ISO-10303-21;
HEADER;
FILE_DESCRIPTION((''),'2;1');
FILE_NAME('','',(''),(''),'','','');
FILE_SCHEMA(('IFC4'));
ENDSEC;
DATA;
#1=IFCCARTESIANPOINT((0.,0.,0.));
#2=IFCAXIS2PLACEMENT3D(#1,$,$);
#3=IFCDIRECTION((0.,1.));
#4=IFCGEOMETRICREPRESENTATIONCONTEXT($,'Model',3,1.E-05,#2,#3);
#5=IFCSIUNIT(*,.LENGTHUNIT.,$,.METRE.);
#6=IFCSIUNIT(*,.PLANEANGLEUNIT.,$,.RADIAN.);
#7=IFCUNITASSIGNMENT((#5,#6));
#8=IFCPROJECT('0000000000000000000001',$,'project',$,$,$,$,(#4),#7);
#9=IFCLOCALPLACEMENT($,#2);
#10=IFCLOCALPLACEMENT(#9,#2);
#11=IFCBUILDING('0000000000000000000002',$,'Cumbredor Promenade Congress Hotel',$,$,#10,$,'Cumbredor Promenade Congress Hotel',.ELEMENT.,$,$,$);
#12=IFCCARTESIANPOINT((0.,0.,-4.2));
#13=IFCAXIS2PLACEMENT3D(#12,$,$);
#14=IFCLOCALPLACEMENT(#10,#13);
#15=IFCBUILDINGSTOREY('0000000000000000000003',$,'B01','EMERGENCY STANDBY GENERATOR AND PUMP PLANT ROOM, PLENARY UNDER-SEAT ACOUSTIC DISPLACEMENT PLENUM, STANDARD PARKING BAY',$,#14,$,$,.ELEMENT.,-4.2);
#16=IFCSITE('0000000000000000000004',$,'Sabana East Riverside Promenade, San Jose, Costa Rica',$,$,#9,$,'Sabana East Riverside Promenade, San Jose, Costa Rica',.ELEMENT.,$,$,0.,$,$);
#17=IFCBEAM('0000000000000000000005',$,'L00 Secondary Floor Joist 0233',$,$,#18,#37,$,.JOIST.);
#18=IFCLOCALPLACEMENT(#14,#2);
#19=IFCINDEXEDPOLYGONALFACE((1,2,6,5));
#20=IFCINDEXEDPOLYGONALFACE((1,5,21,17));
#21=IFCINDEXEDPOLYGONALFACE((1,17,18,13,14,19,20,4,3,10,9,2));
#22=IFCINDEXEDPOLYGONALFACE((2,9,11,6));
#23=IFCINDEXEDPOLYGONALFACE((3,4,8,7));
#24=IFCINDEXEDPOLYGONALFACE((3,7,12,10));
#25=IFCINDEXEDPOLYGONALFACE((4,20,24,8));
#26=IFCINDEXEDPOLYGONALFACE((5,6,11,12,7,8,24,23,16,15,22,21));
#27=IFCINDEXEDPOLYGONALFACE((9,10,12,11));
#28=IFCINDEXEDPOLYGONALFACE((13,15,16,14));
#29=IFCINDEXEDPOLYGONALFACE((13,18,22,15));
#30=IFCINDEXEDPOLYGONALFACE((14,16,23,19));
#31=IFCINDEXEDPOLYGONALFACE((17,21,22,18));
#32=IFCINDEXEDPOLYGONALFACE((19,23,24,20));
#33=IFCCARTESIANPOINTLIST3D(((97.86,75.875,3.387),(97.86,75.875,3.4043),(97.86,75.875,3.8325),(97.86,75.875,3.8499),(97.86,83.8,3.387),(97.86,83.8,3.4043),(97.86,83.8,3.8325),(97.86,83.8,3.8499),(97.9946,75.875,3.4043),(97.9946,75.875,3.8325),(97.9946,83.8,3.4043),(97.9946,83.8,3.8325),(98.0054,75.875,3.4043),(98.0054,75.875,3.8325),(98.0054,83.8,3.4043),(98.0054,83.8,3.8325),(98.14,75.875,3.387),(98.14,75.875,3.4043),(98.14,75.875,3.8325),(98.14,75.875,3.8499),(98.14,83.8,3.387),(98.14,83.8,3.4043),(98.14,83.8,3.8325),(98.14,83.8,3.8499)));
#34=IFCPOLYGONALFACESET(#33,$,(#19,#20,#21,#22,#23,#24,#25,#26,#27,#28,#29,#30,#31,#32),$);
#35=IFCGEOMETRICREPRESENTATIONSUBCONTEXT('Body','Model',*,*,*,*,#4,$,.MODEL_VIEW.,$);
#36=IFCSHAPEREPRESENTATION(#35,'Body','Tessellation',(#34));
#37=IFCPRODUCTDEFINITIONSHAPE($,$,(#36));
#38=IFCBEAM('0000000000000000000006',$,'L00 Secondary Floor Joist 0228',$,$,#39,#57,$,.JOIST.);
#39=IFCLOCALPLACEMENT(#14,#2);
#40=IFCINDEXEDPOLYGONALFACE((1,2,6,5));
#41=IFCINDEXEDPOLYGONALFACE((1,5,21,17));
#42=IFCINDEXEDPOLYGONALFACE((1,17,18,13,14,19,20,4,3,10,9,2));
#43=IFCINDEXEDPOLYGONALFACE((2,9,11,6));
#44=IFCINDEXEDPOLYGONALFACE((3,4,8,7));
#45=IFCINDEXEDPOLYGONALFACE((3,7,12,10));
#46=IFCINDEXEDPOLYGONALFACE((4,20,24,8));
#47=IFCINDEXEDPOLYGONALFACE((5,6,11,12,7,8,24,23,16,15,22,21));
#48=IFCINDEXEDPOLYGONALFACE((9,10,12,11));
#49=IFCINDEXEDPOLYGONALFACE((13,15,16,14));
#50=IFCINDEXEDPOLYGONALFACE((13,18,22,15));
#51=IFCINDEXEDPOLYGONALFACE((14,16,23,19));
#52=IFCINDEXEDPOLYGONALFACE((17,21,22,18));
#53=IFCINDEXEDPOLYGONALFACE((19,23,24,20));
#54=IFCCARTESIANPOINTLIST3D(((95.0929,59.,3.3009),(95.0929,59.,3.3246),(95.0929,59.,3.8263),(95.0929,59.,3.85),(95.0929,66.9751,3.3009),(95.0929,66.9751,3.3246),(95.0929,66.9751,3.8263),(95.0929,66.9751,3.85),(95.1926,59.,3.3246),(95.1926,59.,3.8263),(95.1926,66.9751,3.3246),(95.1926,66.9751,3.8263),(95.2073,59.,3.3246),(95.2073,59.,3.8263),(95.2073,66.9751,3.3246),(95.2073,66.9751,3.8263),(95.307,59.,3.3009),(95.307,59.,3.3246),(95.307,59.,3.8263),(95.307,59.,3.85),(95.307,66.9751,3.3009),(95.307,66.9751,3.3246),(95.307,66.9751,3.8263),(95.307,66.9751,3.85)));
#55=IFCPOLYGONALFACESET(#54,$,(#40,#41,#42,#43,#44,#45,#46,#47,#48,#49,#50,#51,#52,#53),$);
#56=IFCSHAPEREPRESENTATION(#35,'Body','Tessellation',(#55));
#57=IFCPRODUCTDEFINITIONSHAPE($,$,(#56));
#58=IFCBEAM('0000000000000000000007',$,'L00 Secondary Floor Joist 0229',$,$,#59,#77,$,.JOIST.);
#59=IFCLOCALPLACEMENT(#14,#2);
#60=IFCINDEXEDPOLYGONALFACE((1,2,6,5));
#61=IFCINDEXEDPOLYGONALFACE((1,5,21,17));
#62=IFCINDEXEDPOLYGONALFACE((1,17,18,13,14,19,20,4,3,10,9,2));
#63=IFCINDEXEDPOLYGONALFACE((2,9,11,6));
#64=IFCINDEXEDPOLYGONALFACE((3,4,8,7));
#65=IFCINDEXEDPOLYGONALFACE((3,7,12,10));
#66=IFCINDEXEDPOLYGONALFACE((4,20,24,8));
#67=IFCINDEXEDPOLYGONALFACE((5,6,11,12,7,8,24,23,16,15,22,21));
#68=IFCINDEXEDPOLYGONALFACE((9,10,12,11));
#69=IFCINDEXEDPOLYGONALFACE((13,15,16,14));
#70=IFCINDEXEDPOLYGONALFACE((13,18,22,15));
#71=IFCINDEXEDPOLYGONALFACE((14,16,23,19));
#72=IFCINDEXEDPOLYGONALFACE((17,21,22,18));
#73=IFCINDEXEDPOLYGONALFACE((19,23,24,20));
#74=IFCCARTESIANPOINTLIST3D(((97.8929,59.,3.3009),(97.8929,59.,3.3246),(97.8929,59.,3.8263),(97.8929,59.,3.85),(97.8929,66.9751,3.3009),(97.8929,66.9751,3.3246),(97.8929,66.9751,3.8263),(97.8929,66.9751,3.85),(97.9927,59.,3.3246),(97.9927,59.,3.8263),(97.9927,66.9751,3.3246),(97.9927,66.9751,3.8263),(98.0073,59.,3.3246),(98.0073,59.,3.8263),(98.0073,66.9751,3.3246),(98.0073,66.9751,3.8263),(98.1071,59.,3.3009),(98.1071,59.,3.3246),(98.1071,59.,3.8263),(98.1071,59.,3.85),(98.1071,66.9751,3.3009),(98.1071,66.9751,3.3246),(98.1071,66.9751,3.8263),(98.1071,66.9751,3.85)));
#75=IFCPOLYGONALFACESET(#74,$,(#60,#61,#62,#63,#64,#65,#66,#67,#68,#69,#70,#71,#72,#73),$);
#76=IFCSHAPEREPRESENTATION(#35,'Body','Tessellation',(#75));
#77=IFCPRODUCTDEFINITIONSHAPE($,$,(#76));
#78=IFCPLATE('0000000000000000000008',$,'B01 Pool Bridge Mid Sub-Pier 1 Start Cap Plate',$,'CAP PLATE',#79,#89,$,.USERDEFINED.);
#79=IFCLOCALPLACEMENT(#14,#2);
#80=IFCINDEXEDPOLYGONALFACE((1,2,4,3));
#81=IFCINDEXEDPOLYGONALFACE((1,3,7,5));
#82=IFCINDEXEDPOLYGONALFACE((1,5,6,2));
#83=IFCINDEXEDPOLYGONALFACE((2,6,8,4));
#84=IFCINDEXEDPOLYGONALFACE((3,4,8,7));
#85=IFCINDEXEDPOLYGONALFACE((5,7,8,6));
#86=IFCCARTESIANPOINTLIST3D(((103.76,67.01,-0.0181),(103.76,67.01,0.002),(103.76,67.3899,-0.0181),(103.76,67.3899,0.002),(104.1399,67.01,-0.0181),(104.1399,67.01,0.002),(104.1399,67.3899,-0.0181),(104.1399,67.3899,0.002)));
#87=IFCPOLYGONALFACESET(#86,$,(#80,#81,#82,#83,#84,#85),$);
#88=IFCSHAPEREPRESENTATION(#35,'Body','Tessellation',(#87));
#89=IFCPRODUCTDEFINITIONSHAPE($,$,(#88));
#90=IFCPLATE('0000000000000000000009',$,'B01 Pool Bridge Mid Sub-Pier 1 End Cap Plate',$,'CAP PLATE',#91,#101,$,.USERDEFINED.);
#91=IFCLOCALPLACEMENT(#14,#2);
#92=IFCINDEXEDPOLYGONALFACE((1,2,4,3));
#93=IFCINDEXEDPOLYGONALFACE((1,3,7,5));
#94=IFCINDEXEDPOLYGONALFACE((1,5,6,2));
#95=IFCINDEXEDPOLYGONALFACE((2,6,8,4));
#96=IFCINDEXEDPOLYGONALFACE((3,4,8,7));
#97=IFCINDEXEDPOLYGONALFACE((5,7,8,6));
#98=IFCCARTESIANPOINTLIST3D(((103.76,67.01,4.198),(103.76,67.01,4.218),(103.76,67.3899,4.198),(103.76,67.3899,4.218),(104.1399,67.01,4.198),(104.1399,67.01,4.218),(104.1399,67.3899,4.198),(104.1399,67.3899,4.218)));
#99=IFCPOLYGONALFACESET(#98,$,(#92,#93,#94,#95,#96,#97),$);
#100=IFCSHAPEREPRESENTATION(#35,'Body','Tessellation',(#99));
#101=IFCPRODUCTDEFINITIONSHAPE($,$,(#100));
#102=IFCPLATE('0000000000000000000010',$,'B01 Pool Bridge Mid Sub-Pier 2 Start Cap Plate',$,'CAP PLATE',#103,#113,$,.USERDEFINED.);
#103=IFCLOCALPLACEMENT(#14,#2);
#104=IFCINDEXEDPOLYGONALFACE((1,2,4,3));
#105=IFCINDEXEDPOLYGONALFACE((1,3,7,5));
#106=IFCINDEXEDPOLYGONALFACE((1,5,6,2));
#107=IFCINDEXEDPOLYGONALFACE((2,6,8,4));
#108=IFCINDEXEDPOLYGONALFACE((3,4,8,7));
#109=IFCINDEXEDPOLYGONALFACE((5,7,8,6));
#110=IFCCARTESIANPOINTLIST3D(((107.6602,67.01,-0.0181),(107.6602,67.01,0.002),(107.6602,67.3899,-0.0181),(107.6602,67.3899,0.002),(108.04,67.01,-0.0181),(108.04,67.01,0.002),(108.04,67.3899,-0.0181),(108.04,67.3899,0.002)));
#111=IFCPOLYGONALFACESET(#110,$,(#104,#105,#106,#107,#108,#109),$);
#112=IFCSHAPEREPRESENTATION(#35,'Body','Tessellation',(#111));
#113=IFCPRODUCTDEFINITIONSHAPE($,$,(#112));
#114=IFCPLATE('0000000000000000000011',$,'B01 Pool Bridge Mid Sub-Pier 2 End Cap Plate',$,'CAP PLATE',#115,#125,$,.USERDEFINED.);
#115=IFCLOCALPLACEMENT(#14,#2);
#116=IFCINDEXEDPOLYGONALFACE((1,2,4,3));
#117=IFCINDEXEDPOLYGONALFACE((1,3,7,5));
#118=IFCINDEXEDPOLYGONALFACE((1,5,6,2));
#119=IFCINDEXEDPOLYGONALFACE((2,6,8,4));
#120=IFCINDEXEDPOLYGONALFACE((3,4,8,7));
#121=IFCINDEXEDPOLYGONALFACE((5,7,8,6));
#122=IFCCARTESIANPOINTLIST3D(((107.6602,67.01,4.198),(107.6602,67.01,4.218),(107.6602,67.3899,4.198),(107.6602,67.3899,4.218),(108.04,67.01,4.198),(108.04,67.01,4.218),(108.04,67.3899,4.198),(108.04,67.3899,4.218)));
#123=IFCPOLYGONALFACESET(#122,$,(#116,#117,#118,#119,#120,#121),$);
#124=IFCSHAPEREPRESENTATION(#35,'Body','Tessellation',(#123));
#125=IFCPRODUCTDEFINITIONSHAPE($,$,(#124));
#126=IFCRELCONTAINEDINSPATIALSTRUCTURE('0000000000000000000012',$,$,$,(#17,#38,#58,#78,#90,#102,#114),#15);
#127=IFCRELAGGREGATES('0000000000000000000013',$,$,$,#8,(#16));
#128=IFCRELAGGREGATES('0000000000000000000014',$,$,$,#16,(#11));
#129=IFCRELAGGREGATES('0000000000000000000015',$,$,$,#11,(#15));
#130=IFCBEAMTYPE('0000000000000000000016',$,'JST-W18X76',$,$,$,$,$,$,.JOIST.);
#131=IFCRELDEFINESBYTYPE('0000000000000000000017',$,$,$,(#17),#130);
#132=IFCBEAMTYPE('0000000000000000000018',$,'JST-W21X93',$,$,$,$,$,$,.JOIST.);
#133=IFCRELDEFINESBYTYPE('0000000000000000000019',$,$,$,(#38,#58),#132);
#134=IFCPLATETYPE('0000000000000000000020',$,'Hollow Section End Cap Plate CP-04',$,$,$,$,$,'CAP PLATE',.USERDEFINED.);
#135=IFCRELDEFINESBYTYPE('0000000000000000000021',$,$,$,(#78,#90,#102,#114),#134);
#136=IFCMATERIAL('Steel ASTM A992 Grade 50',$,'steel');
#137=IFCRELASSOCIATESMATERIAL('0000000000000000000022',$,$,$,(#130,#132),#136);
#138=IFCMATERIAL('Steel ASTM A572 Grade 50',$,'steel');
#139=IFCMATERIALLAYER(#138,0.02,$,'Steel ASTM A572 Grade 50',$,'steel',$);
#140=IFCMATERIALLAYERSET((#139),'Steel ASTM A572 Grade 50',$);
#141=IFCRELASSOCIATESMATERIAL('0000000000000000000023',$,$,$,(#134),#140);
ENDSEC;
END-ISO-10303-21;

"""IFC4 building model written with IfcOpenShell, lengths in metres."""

from ifc_helpers import new_model, si_unit, direction, frame, origin, origin_2d, place, context, subcontext, project, spatial, rectangle, i_section, extrude, material, layer, layer_set, material_profile, profile_set, type_object, element, save


model = new_model("IFC4")

# Units and contexts
model_context = context("Model", 3, precision=1e-05, world=origin(), true_north=direction((0.0, 1.0)))
body_context = subcontext(model_context, "Body", "Model", "MODEL_VIEW")
ifc_project = project(units=[si_unit("LENGTHUNIT", "METRE"), si_unit("PLANEANGLEUNIT", "RADIAN")], contexts=[model_context])

# Site, building, storey
site_placement = place(None, origin())
site = spatial("IfcSite", under=ifc_project, at=site_placement, Name="Sabana East Riverside Promenade, San Jose, Costa Rica", LongName="Sabana East Riverside Promenade, San Jose, Costa Rica", CompositionType="ELEMENT", RefElevation=0.0)
building_placement = place(site_placement, origin())
building = spatial("IfcBuilding", under=site, at=building_placement, Name="Cumbredor Promenade Congress Hotel", LongName="Cumbredor Promenade Congress Hotel", CompositionType="ELEMENT")
storey_placement = place(building_placement, frame((0.0, 0.0, -4.2)))
storey = spatial("IfcBuildingStorey", under=building, at=storey_placement, Name="B01", Description="EMERGENCY STANDBY GENERATOR AND PUMP PLANT ROOM, PLENARY UNDER-SEAT ACOUSTIC DISPLACEMENT PLENUM, STANDARD PARKING BAY", CompositionType="ELEMENT", Elevation=-4.2)

# Beams
ifc_material_1 = material(Name="Steel ASTM A992 Grade 50", Category="steel")
ifc_material_profile_1 = material_profile(ifc_material_1, i_section(OverallWidth=0.28, OverallDepth=0.4629, WebThickness=0.0107, FlangeThickness=0.0173, at=origin_2d()), Name="W18X76")
ifc_profile_set_1 = profile_set([ifc_material_profile_1], Name="Steel ASTM A992 Grade 50")
beam_type_1 = type_object("IfcBeamType", Name="JST-W18X76", PredefinedType="JOIST", material=ifc_profile_set_1)
for number, where, z_axis, x_axis, name in (
    (1, (98.0, 75.875, 3.6184), (0.0, 1.0, 0.0), (-1.0, 0.0, 0.0), "L00 Secondary Floor Joist 0233"),
):
    element("IfcBeam", number, at=place(storey_placement, frame(where, z_axis=z_axis, x_axis=x_axis)), inside=storey, type_object=beam_type_1, Name=name, PredefinedType="JOIST", context=body_context, shape_type="SweptSolid", body=[
        extrude(i_section(OverallWidth=0.28, OverallDepth=0.4629, WebThickness=0.0107, FlangeThickness=0.0173, at=origin_2d()), origin(), (0.0, 0.0, 1.0), 7.925),
    ])
ifc_material_profile_2 = material_profile(ifc_material_1, i_section(OverallWidth=0.2141, OverallDepth=0.5491, WebThickness=0.0146, FlangeThickness=0.0237, at=origin_2d()), Name="W21X93")
ifc_profile_set_2 = profile_set([ifc_material_profile_2], Name="Steel ASTM A992 Grade 50")
beam_type_2 = type_object("IfcBeamType", Name="JST-W21X93", PredefinedType="JOIST", material=ifc_profile_set_2)
for number, where, z_axis, x_axis, name in (
    (2, (95.2, 59.0, 3.5754), (0.0, 1.0, 0.0), (-1.0, 0.0, 0.0), "L00 Secondary Floor Joist 0228"),
    (3, (98.0, 59.0, 3.5754), (0.0, 1.0, 0.0), (-1.0, 0.0, 0.0), "L00 Secondary Floor Joist 0229"),
):
    element("IfcBeam", number, at=place(storey_placement, frame(where, z_axis=z_axis, x_axis=x_axis)), inside=storey, type_object=beam_type_2, Name=name, PredefinedType="JOIST", context=body_context, shape_type="SweptSolid", body=[
        extrude(i_section(OverallWidth=0.2141, OverallDepth=0.5491, WebThickness=0.0146, FlangeThickness=0.0237, at=origin_2d()), origin(), (0.0, 0.0, 1.0), 7.9751),
    ])

# Plates
ifc_material_2 = material(Name="Steel ASTM A572 Grade 50", Category="steel")
ifc_layer = layer(ifc_material_2, 0.02, Name="Steel ASTM A572 Grade 50", Category="steel")
ifc_layer_set = layer_set([ifc_layer], Name="Steel ASTM A572 Grade 50")
plate_type = type_object("IfcPlateType", Name="Hollow Section End Cap Plate CP-04", ElementType="CAP PLATE", PredefinedType="USERDEFINED", material=ifc_layer_set)
for number, where, z_axis, x_axis, name in (
    (4, (103.95, 67.2, -0.0181), (0.0, 0.0, 1.0), (1.0, 0.0, 0.0), "B01 Pool Bridge Mid Sub-Pier 1 Start Cap Plate"),
    (5, (103.95, 67.2, 4.198), (0.0, 0.0, 1.0), (1.0, 0.0, 0.0), "B01 Pool Bridge Mid Sub-Pier 1 End Cap Plate"),
    (6, (107.8501, 67.2, -0.0181), (0.0, 0.0, 1.0), (1.0, 0.0, 0.0), "B01 Pool Bridge Mid Sub-Pier 2 Start Cap Plate"),
    (7, (107.8501, 67.2, 4.198), (0.0, 0.0, 1.0), (1.0, 0.0, 0.0), "B01 Pool Bridge Mid Sub-Pier 2 End Cap Plate"),
):
    element("IfcPlate", number, at=place(storey_placement, frame(where, z_axis=z_axis, x_axis=x_axis)), inside=storey, type_object=plate_type, Name=name, ObjectType="CAP PLATE", PredefinedType="USERDEFINED", context=body_context, shape_type="SweptSolid", body=[
        extrude(rectangle(XDim=0.3799, YDim=0.3799, at=origin_2d()), origin(), (0.0, 0.0, 1.0), 0.02),
    ])

save(model, "model.ifc")
